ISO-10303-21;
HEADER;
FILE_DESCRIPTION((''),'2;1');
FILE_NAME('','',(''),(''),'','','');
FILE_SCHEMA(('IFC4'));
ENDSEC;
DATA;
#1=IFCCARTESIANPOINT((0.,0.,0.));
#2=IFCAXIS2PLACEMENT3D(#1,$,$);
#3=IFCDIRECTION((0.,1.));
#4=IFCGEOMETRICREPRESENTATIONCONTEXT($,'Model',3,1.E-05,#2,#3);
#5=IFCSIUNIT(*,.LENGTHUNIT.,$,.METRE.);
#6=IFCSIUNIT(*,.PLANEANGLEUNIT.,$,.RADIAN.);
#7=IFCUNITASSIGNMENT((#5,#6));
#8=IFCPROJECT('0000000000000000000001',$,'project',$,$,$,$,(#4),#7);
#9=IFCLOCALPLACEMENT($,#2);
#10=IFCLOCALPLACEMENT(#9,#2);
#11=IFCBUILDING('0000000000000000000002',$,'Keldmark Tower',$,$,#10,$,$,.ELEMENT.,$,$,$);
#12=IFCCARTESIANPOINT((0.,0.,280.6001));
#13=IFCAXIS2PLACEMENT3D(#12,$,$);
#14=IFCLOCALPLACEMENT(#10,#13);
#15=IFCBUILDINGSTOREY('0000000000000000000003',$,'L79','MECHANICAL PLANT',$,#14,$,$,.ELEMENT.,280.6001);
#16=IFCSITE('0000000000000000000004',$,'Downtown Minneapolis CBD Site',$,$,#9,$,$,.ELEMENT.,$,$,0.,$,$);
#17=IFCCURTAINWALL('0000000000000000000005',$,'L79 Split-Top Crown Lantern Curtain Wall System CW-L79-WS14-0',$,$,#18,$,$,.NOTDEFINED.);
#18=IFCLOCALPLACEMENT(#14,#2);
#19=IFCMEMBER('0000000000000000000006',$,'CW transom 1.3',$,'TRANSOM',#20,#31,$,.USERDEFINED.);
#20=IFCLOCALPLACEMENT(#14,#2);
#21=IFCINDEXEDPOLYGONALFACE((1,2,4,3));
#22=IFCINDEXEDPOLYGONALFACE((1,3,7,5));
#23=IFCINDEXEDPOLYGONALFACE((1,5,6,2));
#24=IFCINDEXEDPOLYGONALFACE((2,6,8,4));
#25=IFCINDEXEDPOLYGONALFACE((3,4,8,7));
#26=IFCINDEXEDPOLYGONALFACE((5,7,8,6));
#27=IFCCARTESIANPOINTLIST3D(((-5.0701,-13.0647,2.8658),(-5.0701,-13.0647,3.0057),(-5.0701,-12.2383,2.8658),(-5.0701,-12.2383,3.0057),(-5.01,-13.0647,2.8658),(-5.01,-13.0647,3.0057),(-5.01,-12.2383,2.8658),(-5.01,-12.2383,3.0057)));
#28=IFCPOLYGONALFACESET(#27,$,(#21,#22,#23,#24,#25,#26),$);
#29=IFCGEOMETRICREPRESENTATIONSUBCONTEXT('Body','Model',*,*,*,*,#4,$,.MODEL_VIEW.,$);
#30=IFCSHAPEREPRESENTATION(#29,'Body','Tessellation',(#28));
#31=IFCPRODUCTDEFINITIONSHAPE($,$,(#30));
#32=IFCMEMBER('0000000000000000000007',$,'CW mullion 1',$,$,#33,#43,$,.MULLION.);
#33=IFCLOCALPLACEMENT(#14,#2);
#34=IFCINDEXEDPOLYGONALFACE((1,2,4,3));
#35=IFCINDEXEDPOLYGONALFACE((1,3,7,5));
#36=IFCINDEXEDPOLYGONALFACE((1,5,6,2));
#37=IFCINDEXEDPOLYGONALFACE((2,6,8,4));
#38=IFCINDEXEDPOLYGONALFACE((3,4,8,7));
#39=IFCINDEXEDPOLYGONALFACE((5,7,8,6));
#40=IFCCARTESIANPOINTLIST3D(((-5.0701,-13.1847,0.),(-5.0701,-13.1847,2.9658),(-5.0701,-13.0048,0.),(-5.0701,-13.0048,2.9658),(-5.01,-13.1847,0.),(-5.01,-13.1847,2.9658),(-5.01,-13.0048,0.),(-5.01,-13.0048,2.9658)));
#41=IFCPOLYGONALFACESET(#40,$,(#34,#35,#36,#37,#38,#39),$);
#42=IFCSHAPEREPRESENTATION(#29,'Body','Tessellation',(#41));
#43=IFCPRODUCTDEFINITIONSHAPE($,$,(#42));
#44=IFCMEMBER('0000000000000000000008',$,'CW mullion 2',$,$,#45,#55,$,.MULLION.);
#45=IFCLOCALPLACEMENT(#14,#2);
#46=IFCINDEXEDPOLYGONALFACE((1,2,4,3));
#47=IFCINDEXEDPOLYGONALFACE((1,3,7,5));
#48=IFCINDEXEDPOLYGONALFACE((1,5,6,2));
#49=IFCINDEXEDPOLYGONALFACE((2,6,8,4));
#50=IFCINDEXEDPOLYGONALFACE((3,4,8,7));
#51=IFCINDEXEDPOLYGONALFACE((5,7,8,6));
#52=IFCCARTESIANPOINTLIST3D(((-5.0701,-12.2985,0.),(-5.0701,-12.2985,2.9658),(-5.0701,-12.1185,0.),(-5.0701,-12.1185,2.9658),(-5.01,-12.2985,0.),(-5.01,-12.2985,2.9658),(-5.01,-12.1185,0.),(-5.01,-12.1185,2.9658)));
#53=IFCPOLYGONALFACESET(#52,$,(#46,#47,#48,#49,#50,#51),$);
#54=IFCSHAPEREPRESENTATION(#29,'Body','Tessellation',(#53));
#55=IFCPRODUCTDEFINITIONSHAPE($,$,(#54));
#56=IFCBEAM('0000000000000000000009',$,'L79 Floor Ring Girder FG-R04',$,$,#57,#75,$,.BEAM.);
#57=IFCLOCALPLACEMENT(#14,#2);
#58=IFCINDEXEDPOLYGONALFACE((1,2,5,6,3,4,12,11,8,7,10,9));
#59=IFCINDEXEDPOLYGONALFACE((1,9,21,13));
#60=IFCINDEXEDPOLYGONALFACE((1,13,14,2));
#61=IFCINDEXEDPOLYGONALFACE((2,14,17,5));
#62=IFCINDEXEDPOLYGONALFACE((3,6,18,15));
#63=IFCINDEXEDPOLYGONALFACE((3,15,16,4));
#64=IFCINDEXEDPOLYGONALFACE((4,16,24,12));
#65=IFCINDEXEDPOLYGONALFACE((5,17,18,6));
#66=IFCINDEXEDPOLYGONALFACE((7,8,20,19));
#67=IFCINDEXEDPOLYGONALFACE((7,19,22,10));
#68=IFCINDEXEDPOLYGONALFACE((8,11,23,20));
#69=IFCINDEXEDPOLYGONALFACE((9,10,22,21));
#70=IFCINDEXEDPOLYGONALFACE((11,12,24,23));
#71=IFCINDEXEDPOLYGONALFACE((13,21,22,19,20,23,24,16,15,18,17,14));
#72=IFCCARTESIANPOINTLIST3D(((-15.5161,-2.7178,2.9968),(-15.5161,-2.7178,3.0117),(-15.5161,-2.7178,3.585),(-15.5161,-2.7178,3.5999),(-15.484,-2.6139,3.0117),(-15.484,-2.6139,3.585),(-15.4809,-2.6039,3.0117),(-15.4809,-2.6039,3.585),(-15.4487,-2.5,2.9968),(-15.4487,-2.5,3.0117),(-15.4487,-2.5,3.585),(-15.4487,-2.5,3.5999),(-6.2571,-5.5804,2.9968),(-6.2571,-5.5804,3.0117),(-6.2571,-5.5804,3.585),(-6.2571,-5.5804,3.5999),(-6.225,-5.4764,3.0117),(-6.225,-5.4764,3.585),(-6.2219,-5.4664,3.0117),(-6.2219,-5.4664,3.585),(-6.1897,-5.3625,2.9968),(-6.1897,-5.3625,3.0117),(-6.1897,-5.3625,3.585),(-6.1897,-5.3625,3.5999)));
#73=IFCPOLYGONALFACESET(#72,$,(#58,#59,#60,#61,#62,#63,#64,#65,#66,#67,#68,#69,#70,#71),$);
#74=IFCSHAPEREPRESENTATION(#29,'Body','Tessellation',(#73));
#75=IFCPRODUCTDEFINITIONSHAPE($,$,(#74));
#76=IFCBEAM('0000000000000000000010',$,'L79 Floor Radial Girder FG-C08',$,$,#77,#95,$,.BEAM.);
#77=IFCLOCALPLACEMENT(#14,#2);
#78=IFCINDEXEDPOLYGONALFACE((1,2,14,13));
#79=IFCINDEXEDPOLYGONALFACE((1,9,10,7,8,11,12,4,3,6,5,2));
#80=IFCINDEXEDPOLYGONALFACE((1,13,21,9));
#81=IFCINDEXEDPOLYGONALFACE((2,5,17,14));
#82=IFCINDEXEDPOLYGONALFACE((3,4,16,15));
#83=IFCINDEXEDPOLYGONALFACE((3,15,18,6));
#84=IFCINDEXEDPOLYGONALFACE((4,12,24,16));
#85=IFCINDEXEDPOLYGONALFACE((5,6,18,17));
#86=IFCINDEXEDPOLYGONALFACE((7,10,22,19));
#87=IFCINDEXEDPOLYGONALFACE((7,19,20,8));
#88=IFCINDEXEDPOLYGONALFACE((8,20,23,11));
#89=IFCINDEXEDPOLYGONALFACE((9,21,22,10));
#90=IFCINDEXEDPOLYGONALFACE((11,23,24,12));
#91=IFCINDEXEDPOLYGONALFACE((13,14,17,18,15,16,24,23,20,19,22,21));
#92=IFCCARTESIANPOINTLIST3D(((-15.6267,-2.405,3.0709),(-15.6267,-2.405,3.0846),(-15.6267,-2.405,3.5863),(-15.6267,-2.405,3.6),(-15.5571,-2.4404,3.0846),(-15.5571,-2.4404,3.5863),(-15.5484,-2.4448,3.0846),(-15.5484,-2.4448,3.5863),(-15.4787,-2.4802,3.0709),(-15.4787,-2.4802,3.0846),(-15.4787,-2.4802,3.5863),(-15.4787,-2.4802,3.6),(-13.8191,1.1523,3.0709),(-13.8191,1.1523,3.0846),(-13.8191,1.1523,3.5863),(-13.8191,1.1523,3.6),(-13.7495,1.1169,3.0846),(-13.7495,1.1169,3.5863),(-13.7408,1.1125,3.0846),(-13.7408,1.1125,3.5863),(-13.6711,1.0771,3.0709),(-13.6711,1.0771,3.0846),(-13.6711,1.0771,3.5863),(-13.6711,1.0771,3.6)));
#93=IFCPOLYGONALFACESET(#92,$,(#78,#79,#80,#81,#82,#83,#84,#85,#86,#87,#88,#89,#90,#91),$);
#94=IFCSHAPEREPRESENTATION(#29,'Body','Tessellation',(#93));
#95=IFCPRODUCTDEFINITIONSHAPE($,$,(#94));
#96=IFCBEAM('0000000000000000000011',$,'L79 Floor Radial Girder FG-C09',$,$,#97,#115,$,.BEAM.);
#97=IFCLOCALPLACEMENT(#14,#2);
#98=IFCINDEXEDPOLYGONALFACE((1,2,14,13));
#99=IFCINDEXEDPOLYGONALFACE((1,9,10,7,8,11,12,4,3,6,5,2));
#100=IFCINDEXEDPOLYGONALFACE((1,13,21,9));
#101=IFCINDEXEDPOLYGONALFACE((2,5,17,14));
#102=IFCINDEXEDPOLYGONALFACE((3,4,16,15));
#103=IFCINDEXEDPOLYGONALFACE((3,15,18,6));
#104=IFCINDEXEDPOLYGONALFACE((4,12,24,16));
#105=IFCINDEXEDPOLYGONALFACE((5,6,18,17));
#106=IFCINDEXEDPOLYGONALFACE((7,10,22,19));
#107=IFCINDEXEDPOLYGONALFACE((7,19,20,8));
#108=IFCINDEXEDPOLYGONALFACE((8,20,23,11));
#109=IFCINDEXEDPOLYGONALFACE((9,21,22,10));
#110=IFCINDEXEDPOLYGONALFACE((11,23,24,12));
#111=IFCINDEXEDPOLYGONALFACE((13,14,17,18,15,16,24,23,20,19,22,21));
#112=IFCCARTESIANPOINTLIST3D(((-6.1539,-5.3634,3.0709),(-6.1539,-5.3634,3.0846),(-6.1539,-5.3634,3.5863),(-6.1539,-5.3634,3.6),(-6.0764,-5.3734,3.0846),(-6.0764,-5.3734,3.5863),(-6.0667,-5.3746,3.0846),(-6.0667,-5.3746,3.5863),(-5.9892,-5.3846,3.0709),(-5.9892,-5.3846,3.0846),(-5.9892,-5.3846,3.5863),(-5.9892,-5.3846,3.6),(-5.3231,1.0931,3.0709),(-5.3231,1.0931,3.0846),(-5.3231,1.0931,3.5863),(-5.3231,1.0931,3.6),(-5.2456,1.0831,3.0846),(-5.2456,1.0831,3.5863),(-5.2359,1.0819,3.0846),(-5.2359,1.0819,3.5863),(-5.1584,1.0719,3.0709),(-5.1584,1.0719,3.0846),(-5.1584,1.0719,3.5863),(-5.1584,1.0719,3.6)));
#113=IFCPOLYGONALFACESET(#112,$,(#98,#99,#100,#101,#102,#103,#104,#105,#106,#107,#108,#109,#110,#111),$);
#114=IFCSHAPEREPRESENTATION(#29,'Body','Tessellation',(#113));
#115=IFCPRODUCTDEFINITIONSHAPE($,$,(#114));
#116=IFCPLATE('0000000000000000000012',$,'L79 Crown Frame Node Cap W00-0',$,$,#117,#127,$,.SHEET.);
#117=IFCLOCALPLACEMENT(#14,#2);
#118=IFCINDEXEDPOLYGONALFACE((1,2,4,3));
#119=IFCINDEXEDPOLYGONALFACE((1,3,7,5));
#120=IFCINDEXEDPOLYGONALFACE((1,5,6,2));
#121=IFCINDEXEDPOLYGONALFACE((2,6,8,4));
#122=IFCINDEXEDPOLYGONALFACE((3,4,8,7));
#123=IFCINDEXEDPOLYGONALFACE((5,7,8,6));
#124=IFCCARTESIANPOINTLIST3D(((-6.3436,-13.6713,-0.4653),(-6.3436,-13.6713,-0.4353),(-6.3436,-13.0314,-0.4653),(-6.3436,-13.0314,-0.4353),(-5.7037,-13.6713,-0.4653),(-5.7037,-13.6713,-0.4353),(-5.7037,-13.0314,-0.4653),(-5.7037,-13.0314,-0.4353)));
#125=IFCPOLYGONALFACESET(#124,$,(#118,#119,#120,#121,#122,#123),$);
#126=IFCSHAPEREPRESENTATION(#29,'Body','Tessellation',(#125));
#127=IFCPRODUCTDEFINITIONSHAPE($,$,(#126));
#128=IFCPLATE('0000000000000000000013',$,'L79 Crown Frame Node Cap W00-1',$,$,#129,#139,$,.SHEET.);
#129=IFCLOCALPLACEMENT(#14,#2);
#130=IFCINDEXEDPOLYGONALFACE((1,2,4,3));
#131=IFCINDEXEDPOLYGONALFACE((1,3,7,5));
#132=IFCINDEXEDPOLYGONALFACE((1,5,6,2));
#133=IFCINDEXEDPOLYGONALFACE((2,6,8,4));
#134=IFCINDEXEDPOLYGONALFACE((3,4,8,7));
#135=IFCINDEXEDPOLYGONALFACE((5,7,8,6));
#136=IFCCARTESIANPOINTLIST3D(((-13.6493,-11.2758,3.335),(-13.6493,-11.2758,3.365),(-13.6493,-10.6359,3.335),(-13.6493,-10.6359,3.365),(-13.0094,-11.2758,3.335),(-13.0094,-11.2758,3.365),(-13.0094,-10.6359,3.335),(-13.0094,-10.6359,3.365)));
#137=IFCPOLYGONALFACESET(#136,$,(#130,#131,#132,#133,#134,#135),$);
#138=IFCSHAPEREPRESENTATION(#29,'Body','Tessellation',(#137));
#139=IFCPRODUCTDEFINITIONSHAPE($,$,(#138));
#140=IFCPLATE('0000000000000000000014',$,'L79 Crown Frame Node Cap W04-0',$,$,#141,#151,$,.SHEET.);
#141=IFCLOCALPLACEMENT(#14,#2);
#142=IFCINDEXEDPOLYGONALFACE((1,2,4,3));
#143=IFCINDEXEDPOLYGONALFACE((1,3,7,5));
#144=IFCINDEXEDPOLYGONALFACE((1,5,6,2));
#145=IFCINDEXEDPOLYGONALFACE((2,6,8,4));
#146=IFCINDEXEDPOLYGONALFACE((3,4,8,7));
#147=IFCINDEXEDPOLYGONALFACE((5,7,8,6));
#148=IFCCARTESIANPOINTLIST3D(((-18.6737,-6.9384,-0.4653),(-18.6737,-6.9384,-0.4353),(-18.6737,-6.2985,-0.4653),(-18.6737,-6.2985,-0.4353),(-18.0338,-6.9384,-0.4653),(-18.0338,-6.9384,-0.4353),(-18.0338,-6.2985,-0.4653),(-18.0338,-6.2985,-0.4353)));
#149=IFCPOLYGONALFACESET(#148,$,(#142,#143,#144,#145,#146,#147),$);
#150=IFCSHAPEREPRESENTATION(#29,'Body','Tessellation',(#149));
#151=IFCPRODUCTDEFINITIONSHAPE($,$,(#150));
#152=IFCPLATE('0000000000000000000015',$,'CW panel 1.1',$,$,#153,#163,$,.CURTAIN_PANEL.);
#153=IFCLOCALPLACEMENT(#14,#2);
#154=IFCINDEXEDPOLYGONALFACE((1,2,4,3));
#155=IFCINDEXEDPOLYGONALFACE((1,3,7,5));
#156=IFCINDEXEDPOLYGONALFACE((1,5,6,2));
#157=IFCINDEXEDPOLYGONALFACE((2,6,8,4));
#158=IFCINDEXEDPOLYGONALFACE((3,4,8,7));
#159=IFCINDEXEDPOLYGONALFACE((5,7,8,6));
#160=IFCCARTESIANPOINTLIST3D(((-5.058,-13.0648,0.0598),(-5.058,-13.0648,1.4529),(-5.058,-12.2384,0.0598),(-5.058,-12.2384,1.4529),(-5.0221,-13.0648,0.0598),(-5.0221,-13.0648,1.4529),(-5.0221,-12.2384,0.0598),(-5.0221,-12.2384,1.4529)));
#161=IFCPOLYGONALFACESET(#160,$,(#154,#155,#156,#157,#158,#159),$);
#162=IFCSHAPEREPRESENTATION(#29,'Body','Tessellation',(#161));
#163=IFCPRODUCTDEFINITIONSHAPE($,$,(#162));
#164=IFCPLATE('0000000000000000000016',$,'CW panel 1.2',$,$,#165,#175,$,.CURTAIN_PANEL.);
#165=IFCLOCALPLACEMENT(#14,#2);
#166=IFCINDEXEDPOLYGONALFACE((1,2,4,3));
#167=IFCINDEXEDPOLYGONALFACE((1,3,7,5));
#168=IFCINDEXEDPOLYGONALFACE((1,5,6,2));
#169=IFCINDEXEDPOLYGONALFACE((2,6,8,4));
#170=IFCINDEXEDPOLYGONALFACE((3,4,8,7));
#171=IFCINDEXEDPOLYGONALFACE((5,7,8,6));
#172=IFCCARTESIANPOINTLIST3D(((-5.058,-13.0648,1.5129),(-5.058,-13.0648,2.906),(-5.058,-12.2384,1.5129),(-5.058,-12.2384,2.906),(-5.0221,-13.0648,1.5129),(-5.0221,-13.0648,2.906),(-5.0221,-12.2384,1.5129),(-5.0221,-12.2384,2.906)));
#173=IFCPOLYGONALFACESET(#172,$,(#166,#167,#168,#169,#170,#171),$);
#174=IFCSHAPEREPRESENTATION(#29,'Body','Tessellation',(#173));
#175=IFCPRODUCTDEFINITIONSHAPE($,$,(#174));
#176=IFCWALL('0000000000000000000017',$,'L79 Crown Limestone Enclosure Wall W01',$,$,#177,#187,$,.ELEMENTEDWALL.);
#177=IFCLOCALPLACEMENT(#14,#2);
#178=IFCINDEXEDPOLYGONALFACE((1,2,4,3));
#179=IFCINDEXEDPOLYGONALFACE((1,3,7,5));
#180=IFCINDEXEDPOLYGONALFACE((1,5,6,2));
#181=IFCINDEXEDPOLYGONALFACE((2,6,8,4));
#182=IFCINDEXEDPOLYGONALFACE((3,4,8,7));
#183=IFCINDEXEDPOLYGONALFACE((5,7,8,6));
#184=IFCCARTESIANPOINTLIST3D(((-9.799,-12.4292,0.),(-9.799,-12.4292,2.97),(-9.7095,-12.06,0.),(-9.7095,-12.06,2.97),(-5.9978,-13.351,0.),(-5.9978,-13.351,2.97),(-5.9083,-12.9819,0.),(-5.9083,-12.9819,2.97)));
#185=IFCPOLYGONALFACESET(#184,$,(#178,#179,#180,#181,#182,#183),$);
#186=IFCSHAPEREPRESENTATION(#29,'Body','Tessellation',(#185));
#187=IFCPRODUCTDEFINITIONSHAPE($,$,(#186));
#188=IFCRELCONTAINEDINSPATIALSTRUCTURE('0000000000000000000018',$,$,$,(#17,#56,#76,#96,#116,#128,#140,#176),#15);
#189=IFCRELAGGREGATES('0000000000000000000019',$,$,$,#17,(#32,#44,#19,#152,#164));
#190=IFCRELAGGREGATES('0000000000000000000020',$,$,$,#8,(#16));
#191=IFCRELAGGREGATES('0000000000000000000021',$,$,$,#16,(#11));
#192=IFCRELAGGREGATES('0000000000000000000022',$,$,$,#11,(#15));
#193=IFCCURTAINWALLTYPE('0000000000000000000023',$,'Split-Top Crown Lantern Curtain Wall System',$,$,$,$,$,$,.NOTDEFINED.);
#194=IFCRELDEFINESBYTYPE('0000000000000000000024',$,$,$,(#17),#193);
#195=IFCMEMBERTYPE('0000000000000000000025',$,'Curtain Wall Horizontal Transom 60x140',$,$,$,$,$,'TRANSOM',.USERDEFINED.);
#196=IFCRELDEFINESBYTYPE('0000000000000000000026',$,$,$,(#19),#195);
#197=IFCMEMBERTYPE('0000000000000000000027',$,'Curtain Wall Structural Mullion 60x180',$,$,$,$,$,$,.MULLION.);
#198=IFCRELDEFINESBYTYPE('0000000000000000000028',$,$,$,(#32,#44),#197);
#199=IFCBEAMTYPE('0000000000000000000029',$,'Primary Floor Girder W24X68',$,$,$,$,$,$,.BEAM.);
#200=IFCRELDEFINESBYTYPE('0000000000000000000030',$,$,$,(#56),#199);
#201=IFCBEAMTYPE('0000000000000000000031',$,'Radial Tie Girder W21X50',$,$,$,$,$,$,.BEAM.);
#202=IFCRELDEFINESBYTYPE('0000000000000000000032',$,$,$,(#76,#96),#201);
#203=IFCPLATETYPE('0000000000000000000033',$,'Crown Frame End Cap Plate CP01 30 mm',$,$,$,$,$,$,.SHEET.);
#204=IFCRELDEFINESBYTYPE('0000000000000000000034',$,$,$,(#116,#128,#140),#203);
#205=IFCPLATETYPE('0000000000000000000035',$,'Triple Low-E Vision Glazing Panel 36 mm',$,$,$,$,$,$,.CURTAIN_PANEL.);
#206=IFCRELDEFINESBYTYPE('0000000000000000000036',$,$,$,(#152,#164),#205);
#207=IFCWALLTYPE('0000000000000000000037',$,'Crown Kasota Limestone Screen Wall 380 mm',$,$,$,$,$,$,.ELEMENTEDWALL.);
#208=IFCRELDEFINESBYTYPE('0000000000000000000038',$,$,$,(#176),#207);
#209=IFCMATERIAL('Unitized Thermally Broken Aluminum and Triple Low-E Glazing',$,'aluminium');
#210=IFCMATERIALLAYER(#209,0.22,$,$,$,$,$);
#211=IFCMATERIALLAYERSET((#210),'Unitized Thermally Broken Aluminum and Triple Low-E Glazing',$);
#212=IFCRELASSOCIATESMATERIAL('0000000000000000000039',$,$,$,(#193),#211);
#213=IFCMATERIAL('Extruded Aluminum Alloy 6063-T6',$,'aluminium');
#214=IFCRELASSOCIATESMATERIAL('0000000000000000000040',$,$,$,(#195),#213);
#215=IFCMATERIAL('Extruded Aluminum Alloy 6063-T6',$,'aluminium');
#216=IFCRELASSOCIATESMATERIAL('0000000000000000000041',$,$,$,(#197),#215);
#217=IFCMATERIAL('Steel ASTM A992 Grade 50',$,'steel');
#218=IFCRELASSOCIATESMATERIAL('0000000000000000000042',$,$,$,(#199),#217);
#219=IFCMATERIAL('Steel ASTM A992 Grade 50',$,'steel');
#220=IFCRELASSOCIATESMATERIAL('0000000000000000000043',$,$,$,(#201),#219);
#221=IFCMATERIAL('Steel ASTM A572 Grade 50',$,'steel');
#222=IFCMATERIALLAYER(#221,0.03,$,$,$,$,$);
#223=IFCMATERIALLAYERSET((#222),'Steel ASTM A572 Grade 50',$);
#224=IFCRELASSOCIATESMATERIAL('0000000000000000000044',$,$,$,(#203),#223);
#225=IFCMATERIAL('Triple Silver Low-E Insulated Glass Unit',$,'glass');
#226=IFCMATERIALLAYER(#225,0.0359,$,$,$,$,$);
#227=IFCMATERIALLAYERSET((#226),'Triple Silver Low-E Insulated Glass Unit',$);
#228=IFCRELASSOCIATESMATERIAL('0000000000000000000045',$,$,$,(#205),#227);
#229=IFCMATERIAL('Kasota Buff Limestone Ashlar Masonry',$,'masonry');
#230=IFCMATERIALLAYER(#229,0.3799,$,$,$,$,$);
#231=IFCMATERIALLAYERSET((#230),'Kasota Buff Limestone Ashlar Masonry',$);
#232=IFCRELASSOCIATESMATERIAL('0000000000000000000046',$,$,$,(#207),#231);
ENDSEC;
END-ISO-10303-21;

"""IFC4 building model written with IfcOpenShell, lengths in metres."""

from ifc_helpers import new_model, si_unit, direction, frame, frame_2d, origin, origin_2d, place, context, subcontext, project, spatial, rectangle, i_section, extrude, material, layer, layer_set, material_profile, profile_set, type_object, element, aggregate, save


model = new_model("IFC4")

# Units and contexts
model_context = context("Model", 3, precision=1e-05, world=origin(), true_north=direction((0.0, 1.0)))
body_context = subcontext(model_context, "Body", "Model", "MODEL_VIEW")
ifc_project = project(units=[si_unit("LENGTHUNIT", "METRE"), si_unit("PLANEANGLEUNIT", "RADIAN")], contexts=[model_context])

# Site, building, storey
site_placement = place(None, origin())
site = spatial("IfcSite", under=ifc_project, at=site_placement, Name="Downtown Minneapolis CBD Site", CompositionType="ELEMENT", RefElevation=0.0)
building_placement = place(site_placement, origin())
building = spatial("IfcBuilding", under=site, at=building_placement, Name="Keldmark Tower", CompositionType="ELEMENT")
storey_placement = place(building_placement, frame((0.0, 0.0, 280.6001)))
storey = spatial("IfcBuildingStorey", under=building, at=storey_placement, Name="L79", Description="MECHANICAL PLANT", CompositionType="ELEMENT", Elevation=280.6001)

# Curtain wall, members
ifc_material_1 = material(Name="Unitized Thermally Broken Aluminum and Triple Low-E Glazing", Category="aluminium")
ifc_layer_1 = layer(ifc_material_1, 0.22)
ifc_layer_set_1 = layer_set([ifc_layer_1], Name="Unitized Thermally Broken Aluminum and Triple Low-E Glazing")
curtain_wall_type = type_object("IfcCurtainWallType", Name="Split-Top Crown Lantern Curtain Wall System", PredefinedType="NOTDEFINED", material=ifc_layer_set_1)
curtain_wall_placement = place(storey_placement, origin())
curtain_wall = element("IfcCurtainWall", 1, at=curtain_wall_placement, inside=storey, type_object=curtain_wall_type, Name="L79 Split-Top Crown Lantern Curtain Wall System CW-L79-WS14-0", PredefinedType="NOTDEFINED")
ifc_material_2 = material(Name="Extruded Aluminum Alloy 6063-T6", Category="aluminium")
ifc_material_profile_1 = material_profile(ifc_material_2, rectangle(XDim=0.0601, YDim=0.1399, at=origin_2d()), Name="CWT60X140")
ifc_profile_set_1 = profile_set([ifc_material_profile_1], Name="Extruded Aluminum Alloy 6063-T6")
member_type_1 = type_object("IfcMemberType", Name="Curtain Wall Horizontal Transom 60x140", ElementType="TRANSOM", PredefinedType="USERDEFINED", material=ifc_profile_set_1)
member_1_placement = place(storey_placement, frame((-5.04, -13.0647, 2.9358), z_axis=(0.0, 1.0, 0.0), x_axis=(-1.0, 0.0, 0.0)))
member_1 = element("IfcMember", 2, at=member_1_placement, type_object=member_type_1, Name="CW transom 1.3", ObjectType="TRANSOM", PredefinedType="USERDEFINED", context=body_context, shape_type="SweptSolid", body=[
    extrude(rectangle(XDim=0.0601, YDim=0.1399, at=origin_2d()), origin(), (0.0, 0.0, 1.0), 0.8264),
])
ifc_material_3 = material(Name="Extruded Aluminum Alloy 6063-T6", Category="aluminium")
ifc_material_profile_2 = material_profile(ifc_material_3, rectangle(XDim=0.0601, YDim=0.1799, at=origin_2d()), Name="CWM60X180")
ifc_profile_set_2 = profile_set([ifc_material_profile_2], Name="Extruded Aluminum Alloy 6063-T6")
member_type_2 = type_object("IfcMemberType", Name="Curtain Wall Structural Mullion 60x180", PredefinedType="MULLION", material=ifc_profile_set_2)
member_2_placement = place(storey_placement, frame((-5.04, -13.0947, 0.0), z_axis=(0.0, 0.0, 1.0), x_axis=(-1.0, 0.0, 0.0)))
member_2 = element("IfcMember", 3, at=member_2_placement, type_object=member_type_2, Name="CW mullion 1", PredefinedType="MULLION", context=body_context, shape_type="SweptSolid", body=[
    extrude(rectangle(XDim=0.0601, YDim=0.1799, at=origin_2d()), origin(), (0.0, 0.0, 1.0), 2.9658),
])
member_3_placement = place(storey_placement, frame((-5.04, -12.2085, 0.0), z_axis=(0.0, 0.0, 1.0), x_axis=(-1.0, 0.0, 0.0)))
member_3 = element("IfcMember", 4, at=member_3_placement, type_object=member_type_2, Name="CW mullion 2", PredefinedType="MULLION", context=body_context, shape_type="SweptSolid", body=[
    extrude(rectangle(XDim=0.0601, YDim=0.1799, at=origin_2d()), origin(), (0.0, 0.0, 1.0), 2.9658),
])

# Beams
ifc_material_4 = material(Name="Steel ASTM A992 Grade 50", Category="steel")
ifc_material_profile_3 = material_profile(ifc_material_4, i_section(OverallWidth=0.228, OverallDepth=0.603, WebThickness=0.0105, FlangeThickness=0.0149, at=origin_2d()), Name="W24X68")
ifc_profile_set_3 = profile_set([ifc_material_profile_3], Name="Steel ASTM A992 Grade 50")
beam_type_1 = type_object("IfcBeamType", Name="Primary Floor Girder W24X68", PredefinedType="BEAM", material=ifc_profile_set_3)
beam_1_placement = place(storey_placement, frame((-15.4824, -2.6089, 3.2983), z_axis=(0.955383, -0.295369, 0.0), x_axis=(0.295369, 0.955383, 0.0)))
element("IfcBeam", 5, at=beam_1_placement, inside=storey, type_object=beam_type_1, Name="L79 Floor Ring Girder FG-R04", PredefinedType="BEAM", context=body_context, shape_type="SweptSolid", body=[
    extrude(i_section(OverallWidth=0.228, OverallDepth=0.603, WebThickness=0.0105, FlangeThickness=0.0149, at=origin_2d()), origin(), (0.0, 0.0, 1.0), 9.6914),
])
ifc_material_5 = material(Name="Steel ASTM A992 Grade 50", Category="steel")
ifc_material_profile_4 = material_profile(ifc_material_5, i_section(OverallWidth=0.166, OverallDepth=0.5291, WebThickness=0.0098, FlangeThickness=0.0137, at=origin_2d()), Name="W21X50")
ifc_profile_set_4 = profile_set([ifc_material_profile_4], Name="Steel ASTM A992 Grade 50")
beam_type_2 = type_object("IfcBeamType", Name="Radial Tie Girder W21X50", PredefinedType="BEAM", material=ifc_profile_set_4)
beam_2_placement = place(storey_placement, frame((-15.5527, -2.4426, 3.3354), z_axis=(0.453004, 0.891508, 0.0), x_axis=(-0.891508, 0.453004, 0.0)))
element("IfcBeam", 6, at=beam_2_placement, inside=storey, type_object=beam_type_2, Name="L79 Floor Radial Girder FG-C08", PredefinedType="BEAM", context=body_context, shape_type="SweptSolid", body=[
    extrude(i_section(OverallWidth=0.166, OverallDepth=0.5291, WebThickness=0.0098, FlangeThickness=0.0137, at=origin_2d()), origin(), (0.0, 0.0, 1.0), 3.9902),
])
beam_3_placement = place(storey_placement, frame((-6.0715, -5.374, 3.3354), z_axis=(0.127625, 0.991822, 0.0), x_axis=(-0.991822, 0.127625, 0.0)))
element("IfcBeam", 7, at=beam_3_placement, inside=storey, type_object=beam_type_2, Name="L79 Floor Radial Girder FG-C09", PredefinedType="BEAM", context=body_context, shape_type="SweptSolid", body=[
    extrude(i_section(OverallWidth=0.166, OverallDepth=0.5291, WebThickness=0.0098, FlangeThickness=0.0137, at=origin_2d()), origin(), (0.0, 0.0, 1.0), 6.5098),
])

# Plates
ifc_material_6 = material(Name="Steel ASTM A572 Grade 50", Category="steel")
ifc_layer_2 = layer(ifc_material_6, 0.03)
ifc_layer_set_2 = layer_set([ifc_layer_2], Name="Steel ASTM A572 Grade 50")
plate_type_1 = type_object("IfcPlateType", Name="Crown Frame End Cap Plate CP01 30 mm", PredefinedType="SHEET", material=ifc_layer_set_2)
for number, where, z_axis, x_axis, name in (
    (8, (-6.0237, -13.3513, -0.4653), (0.0, 0.0, 1.0), (1.0, 0.0, 0.0), "L79 Crown Frame Node Cap W00-0"),
    (9, (-13.3293, -10.9558, 3.335), (0.0, 0.0, 1.0), (1.0, 0.0, 0.0), "L79 Crown Frame Node Cap W00-1"),
    (10, (-18.3538, -6.6184, -0.4653), (0.0, 0.0, 1.0), (1.0, 0.0, 0.0), "L79 Crown Frame Node Cap W04-0"),
):
    element("IfcPlate", number, at=place(storey_placement, frame(where, z_axis=z_axis, x_axis=x_axis)), inside=storey, type_object=plate_type_1, Name=name, PredefinedType="SHEET", context=body_context, shape_type="SweptSolid", body=[
        extrude(rectangle(XDim=0.6399, YDim=0.6399, at=origin_2d()), origin(), (0.0, 0.0, 1.0), 0.03),
    ])

# Plates
ifc_material_7 = material(Name="Triple Silver Low-E Insulated Glass Unit", Category="glass")
ifc_layer_3 = layer(ifc_material_7, 0.0359)
ifc_layer_set_3 = layer_set([ifc_layer_3], Name="Triple Silver Low-E Insulated Glass Unit")
plate_type_2 = type_object("IfcPlateType", Name="Triple Low-E Vision Glazing Panel 36 mm", PredefinedType="CURTAIN_PANEL", material=ifc_layer_set_3)
plate_1_placement = place(storey_placement, frame((-5.04, -12.6516, 0.0598), z_axis=(0.0, 0.0, 1.0), x_axis=(0.0, 1.0, 0.0)))
plate_1 = element("IfcPlate", 11, at=plate_1_placement, type_object=plate_type_2, Name="CW panel 1.1", PredefinedType="CURTAIN_PANEL", context=body_context, shape_type="SweptSolid", body=[
    extrude(rectangle(XDim=0.8264, YDim=0.0359, at=origin_2d()), origin(), (0.0, 0.0, 1.0), 1.3931),
])
plate_2_placement = place(storey_placement, frame((-5.04, -12.6516, 1.5129), z_axis=(0.0, 0.0, 1.0), x_axis=(0.0, 1.0, 0.0)))
plate_2 = element("IfcPlate", 12, at=plate_2_placement, type_object=plate_type_2, Name="CW panel 1.2", PredefinedType="CURTAIN_PANEL", context=body_context, shape_type="SweptSolid", body=[
    extrude(rectangle(XDim=0.8264, YDim=0.0359, at=origin_2d()), origin(), (0.0, 0.0, 1.0), 1.3931),
])
aggregate(curtain_wall, [member_2, member_3, member_1, plate_1, plate_2])

# Wall
ifc_material_8 = material(Name="Kasota Buff Limestone Ashlar Masonry", Category="masonry")
ifc_layer_4 = layer(ifc_material_8, 0.3799)
ifc_layer_set_4 = layer_set([ifc_layer_4], Name="Kasota Buff Limestone Ashlar Masonry")
wall_type_1 = type_object("IfcWallType", Name="Crown Kasota Limestone Screen Wall 380 mm", PredefinedType="ELEMENTEDWALL", material=ifc_layer_set_4)
wall_1_placement = place(storey_placement, frame((-9.7542, -12.2446, 0.0), z_axis=(0.0, 0.0, 1.0), x_axis=(0.971829, -0.235686, 0.0)))
element("IfcWall", 13, at=wall_1_placement, inside=storey, type_object=wall_type_1, Name="L79 Crown Limestone Enclosure Wall W01", PredefinedType="ELEMENTEDWALL", context=body_context, shape_type="SweptSolid", body=[
    extrude(rectangle(XDim=3.9114, YDim=0.3799, at=frame_2d((1.9556, 0.0))), origin(), (0.0, 0.0, 1.0), 2.97),
])

save(model, "model.ifc")
